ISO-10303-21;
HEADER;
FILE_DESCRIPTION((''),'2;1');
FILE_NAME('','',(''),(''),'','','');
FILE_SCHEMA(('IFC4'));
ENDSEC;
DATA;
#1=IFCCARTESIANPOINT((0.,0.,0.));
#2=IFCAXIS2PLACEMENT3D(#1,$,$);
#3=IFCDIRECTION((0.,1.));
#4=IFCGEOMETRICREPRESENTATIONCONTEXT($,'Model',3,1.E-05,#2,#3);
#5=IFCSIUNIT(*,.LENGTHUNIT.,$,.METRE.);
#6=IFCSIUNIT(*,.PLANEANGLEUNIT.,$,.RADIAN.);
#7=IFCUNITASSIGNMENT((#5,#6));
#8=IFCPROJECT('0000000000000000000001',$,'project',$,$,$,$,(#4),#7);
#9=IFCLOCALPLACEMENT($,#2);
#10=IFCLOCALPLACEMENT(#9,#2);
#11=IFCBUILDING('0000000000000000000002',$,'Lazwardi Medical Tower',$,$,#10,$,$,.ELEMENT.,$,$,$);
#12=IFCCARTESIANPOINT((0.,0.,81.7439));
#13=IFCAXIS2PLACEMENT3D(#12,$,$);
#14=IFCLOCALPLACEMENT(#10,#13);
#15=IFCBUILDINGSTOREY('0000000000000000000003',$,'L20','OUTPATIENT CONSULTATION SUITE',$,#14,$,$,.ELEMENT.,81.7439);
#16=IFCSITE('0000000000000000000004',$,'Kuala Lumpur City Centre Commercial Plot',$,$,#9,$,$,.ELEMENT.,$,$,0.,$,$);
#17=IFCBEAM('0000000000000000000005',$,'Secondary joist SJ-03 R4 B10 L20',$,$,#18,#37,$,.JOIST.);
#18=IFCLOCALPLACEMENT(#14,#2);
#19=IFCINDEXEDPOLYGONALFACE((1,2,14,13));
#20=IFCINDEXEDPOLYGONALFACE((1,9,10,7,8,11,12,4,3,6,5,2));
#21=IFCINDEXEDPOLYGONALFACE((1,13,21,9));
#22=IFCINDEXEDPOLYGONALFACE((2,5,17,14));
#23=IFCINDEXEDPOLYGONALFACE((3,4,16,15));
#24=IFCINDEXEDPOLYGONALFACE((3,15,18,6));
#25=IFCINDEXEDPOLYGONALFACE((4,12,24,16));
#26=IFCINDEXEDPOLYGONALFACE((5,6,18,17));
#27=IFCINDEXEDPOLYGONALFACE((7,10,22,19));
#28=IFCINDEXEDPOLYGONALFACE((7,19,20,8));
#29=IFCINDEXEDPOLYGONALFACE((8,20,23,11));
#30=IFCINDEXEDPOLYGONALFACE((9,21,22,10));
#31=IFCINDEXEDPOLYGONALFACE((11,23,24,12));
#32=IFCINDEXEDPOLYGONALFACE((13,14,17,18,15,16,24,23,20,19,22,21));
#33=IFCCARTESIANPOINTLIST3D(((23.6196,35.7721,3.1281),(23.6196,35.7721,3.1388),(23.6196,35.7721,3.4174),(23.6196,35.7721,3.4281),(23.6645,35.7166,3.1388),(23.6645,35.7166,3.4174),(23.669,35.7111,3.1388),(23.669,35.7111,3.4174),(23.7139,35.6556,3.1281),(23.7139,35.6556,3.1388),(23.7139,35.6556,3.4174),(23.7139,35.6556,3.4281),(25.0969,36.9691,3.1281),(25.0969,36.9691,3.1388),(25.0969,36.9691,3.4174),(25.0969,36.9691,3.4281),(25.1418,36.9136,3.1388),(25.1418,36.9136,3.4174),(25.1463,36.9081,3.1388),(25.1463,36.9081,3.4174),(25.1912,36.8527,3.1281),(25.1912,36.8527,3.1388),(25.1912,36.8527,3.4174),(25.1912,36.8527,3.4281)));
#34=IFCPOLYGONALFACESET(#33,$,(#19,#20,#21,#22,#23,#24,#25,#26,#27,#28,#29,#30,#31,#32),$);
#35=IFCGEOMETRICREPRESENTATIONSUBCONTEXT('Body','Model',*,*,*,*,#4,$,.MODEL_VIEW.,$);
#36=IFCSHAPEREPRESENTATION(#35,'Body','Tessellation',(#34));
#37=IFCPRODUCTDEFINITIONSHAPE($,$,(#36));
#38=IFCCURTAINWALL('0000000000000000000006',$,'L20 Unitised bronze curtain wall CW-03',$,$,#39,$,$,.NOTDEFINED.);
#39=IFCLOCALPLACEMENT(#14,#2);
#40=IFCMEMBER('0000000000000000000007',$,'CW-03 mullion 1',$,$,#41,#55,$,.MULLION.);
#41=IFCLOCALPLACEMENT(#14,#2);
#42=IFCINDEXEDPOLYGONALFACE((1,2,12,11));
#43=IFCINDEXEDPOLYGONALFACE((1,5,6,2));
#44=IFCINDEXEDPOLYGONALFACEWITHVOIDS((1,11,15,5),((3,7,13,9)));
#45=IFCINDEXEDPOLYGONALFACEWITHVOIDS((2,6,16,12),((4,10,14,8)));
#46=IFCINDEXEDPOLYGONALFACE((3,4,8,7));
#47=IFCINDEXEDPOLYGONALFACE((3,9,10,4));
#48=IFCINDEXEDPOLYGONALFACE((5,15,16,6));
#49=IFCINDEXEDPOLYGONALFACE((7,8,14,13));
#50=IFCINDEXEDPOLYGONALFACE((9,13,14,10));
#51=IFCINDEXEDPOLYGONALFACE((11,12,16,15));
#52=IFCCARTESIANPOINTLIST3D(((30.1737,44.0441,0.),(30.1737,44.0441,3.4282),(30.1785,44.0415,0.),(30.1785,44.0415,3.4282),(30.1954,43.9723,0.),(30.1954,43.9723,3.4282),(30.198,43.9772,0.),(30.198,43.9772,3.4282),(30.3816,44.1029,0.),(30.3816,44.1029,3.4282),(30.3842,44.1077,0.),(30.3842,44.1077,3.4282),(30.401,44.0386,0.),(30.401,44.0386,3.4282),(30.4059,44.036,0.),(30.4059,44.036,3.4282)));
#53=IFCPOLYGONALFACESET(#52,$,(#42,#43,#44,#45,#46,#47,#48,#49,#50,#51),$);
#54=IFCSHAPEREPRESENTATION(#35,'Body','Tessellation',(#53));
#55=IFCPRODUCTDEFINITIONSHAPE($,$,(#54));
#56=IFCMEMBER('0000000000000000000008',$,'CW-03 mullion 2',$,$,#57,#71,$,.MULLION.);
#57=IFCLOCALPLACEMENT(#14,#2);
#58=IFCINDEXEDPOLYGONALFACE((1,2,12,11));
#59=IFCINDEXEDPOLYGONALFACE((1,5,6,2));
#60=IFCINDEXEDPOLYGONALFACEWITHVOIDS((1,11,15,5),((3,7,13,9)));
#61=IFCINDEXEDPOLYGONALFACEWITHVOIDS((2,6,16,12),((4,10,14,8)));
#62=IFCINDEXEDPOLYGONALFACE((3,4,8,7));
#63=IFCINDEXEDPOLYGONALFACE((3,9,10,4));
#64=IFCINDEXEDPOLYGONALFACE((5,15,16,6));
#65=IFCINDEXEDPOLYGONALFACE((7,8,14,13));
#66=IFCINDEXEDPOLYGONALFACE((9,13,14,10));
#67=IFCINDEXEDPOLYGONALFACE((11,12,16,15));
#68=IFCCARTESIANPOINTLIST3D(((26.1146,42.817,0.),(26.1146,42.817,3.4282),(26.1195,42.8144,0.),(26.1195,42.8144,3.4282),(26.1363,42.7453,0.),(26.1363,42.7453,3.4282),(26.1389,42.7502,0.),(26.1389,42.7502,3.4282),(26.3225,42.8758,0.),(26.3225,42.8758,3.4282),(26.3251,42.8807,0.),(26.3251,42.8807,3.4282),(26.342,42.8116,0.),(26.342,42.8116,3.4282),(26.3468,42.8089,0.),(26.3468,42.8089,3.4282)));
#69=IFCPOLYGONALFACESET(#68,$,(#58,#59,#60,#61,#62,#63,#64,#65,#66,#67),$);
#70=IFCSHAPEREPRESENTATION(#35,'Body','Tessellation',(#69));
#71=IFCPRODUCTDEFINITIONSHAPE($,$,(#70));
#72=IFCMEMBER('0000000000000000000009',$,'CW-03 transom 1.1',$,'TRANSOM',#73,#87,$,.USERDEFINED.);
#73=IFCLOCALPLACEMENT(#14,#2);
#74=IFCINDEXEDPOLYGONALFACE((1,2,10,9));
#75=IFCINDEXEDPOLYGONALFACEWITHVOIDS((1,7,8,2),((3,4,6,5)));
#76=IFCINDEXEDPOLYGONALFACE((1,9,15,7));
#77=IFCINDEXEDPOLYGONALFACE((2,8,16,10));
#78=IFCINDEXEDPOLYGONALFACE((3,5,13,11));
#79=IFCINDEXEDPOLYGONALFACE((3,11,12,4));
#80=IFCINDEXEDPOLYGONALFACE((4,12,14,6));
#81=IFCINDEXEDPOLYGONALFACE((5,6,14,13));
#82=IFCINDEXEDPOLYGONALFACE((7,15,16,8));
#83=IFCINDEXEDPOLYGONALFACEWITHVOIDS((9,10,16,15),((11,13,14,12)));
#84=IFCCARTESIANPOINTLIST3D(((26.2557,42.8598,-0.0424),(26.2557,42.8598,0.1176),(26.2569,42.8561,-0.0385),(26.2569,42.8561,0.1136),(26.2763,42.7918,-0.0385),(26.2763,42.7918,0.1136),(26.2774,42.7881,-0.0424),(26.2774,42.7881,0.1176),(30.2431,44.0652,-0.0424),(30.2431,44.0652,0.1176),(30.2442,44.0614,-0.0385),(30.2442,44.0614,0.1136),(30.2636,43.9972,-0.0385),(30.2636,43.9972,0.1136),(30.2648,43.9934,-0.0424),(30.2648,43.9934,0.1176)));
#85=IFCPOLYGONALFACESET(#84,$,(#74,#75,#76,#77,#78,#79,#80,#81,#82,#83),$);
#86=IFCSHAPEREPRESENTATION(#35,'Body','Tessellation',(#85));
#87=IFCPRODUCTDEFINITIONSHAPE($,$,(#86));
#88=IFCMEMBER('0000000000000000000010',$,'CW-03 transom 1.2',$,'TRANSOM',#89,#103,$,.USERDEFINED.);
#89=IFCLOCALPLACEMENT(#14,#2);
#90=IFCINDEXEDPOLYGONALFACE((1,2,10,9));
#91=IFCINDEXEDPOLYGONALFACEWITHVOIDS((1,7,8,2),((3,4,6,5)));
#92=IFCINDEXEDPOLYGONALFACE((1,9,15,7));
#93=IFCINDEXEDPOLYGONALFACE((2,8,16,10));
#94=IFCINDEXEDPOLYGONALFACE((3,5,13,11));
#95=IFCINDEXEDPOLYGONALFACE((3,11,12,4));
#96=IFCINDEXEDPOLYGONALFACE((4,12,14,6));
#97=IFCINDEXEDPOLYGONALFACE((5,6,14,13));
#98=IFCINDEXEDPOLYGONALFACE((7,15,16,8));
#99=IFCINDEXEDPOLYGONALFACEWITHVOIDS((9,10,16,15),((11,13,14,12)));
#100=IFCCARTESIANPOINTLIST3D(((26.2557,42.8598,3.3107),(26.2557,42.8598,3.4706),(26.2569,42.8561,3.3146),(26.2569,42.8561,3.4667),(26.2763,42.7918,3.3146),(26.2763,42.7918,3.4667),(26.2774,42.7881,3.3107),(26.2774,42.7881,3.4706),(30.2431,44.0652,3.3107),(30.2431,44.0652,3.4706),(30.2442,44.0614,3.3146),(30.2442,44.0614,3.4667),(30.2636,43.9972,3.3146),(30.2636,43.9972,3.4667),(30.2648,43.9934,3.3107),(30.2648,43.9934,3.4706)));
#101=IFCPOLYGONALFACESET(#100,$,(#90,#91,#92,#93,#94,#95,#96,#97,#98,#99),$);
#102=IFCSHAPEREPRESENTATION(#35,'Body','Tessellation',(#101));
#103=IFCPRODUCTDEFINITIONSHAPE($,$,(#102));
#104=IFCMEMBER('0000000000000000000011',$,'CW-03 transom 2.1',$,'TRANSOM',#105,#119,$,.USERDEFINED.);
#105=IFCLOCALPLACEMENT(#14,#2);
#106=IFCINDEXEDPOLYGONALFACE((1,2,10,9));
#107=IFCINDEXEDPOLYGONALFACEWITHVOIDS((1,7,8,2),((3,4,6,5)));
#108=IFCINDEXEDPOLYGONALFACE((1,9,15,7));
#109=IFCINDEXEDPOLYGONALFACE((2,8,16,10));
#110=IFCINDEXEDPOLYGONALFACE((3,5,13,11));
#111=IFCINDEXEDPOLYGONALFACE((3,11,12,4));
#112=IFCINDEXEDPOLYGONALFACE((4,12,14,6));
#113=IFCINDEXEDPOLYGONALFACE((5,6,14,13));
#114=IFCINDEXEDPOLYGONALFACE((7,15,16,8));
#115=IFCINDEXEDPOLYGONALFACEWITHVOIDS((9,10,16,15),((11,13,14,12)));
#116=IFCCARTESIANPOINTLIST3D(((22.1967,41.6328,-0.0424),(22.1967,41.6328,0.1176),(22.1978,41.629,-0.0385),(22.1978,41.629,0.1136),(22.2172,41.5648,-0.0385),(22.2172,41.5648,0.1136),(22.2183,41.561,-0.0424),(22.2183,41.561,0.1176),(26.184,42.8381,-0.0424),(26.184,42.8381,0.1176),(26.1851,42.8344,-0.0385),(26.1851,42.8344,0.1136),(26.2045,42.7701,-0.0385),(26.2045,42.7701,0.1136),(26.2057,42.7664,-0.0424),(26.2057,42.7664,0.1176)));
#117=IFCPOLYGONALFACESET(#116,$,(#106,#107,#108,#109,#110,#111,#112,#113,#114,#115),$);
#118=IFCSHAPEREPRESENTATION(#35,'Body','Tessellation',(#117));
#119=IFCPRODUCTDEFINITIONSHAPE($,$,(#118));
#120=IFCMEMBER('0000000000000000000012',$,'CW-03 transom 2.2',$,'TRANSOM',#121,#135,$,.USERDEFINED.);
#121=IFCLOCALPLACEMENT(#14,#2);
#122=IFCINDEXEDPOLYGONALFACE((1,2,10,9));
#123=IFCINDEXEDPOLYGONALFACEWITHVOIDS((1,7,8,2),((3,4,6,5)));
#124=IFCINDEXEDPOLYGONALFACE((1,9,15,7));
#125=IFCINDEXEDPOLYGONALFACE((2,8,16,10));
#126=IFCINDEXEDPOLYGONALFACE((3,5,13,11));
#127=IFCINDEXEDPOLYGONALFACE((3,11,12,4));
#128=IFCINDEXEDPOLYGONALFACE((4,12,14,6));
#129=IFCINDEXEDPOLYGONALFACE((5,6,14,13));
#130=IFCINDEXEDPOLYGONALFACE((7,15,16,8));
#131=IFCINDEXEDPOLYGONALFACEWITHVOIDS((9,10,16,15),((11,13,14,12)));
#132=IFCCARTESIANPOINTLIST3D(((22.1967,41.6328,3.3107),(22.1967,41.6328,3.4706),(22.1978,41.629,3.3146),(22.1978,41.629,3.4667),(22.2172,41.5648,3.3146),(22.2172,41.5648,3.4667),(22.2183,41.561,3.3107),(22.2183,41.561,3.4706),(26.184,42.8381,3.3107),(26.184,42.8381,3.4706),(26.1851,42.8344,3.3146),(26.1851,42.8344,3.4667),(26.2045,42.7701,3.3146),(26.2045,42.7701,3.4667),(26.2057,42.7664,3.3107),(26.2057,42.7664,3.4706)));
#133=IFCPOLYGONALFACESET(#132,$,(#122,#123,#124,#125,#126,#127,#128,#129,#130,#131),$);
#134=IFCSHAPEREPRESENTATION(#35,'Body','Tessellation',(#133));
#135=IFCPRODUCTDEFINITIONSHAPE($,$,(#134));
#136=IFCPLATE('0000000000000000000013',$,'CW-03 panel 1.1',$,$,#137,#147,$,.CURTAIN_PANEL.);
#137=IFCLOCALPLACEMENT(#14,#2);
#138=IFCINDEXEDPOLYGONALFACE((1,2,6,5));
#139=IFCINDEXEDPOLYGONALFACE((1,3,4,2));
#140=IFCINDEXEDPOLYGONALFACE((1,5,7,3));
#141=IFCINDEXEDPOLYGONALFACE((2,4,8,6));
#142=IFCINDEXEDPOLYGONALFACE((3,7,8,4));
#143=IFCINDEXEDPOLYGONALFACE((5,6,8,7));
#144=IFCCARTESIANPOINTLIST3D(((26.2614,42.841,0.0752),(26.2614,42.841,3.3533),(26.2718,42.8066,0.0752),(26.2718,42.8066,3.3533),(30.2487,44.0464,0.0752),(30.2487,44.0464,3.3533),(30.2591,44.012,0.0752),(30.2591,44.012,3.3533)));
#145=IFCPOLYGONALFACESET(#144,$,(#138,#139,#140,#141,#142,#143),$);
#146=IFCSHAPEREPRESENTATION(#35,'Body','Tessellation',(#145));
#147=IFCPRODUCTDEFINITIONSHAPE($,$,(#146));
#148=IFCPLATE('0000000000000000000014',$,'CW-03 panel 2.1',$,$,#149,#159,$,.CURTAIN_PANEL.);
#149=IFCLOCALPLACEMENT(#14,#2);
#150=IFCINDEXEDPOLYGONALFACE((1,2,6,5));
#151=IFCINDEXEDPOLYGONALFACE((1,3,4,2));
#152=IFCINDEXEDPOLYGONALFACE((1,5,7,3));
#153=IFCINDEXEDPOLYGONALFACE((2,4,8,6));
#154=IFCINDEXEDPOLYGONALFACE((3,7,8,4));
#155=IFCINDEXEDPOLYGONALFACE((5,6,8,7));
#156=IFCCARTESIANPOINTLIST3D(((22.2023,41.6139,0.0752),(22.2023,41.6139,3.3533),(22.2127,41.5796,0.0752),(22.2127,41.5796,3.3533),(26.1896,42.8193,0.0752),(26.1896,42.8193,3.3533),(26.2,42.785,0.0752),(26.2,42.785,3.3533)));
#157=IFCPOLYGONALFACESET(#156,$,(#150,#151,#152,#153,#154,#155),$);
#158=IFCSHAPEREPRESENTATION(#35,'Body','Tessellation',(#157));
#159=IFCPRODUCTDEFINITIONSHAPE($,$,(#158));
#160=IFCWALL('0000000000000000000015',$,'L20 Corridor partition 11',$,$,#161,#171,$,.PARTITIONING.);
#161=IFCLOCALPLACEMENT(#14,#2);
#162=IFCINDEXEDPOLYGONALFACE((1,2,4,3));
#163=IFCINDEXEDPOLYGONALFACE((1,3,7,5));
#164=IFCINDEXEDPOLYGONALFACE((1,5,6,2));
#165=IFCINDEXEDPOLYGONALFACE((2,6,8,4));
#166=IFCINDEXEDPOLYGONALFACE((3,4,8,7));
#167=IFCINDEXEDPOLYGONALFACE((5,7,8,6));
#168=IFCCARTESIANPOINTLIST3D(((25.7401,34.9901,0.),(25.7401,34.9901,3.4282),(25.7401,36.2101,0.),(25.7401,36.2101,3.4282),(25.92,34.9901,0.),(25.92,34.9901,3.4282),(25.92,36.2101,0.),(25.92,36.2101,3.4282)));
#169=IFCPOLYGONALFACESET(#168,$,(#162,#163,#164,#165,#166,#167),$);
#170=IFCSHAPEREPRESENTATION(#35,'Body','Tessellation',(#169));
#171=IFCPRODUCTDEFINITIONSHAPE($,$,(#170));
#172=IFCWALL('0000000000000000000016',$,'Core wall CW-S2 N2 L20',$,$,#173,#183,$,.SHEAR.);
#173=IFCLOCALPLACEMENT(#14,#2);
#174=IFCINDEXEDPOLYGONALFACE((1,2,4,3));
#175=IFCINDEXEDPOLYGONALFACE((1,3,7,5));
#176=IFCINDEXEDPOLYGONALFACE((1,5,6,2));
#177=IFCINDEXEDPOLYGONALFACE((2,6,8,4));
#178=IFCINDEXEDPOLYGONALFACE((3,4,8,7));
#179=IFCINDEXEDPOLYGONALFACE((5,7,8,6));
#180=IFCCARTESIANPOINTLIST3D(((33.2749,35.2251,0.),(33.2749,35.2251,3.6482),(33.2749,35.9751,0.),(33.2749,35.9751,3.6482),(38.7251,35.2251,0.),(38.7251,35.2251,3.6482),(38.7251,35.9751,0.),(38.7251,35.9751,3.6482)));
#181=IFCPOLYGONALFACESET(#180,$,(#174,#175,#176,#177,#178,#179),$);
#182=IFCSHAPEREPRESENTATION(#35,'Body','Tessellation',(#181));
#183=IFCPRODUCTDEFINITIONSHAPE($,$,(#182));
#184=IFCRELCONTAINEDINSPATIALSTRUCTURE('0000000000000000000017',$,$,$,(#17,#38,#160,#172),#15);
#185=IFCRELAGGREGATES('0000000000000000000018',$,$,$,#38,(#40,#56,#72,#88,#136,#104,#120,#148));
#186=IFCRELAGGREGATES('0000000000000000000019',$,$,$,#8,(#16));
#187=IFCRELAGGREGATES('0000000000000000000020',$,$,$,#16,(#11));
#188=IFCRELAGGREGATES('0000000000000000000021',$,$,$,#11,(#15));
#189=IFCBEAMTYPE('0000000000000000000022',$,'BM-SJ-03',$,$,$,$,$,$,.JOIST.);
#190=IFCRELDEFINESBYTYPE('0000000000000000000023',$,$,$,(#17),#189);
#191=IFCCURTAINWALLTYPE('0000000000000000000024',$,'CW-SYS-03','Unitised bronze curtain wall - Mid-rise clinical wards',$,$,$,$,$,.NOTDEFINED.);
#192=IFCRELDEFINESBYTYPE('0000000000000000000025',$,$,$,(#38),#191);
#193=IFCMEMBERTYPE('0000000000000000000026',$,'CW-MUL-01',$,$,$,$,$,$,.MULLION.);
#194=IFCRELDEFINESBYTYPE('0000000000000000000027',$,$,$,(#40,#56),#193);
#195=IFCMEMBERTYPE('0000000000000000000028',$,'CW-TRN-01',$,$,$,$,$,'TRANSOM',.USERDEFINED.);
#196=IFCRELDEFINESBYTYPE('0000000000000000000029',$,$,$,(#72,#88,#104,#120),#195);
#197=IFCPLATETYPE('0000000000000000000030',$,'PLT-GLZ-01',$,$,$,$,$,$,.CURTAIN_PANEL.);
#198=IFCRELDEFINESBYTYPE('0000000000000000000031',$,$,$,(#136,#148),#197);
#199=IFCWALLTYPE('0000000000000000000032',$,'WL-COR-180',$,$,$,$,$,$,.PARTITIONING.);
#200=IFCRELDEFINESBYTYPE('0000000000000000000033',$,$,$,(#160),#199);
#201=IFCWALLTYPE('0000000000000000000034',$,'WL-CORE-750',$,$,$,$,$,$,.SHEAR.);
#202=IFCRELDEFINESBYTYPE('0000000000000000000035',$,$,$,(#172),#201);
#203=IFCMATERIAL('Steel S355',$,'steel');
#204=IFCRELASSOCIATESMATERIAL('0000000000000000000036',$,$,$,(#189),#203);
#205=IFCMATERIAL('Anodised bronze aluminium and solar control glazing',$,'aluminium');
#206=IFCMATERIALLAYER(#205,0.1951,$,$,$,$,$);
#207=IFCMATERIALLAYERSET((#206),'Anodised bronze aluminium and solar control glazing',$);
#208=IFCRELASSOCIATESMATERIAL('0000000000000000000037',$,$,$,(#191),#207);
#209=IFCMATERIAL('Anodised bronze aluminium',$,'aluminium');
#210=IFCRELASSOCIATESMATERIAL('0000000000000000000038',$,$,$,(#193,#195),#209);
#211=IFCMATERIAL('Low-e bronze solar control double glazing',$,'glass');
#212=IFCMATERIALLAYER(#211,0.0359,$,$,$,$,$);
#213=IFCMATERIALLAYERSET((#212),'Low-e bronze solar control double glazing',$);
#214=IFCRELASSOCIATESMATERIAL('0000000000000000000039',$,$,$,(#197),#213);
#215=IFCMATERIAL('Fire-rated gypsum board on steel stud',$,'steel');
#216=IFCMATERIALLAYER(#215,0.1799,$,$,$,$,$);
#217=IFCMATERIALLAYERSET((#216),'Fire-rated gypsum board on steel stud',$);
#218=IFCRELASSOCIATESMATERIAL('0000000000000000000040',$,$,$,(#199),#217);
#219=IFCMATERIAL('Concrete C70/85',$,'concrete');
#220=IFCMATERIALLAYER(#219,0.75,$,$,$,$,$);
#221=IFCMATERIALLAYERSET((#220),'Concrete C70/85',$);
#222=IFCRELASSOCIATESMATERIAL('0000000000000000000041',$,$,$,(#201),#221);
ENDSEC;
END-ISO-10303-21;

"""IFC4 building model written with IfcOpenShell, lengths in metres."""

from ifc_helpers import new_model, si_unit, direction, frame, frame_2d, origin, origin_2d, place, context, subcontext, project, spatial, rectangle, hollow_rectangle, i_section, extrude, material, layer, layer_set, material_profile, profile_set, type_object, element, aggregate, save


model = new_model("IFC4")

# Units and contexts
model_context = context("Model", 3, precision=1e-05, world=origin(), true_north=direction((0.0, 1.0)))
body_context = subcontext(model_context, "Body", "Model", "MODEL_VIEW")
ifc_project = project(units=[si_unit("LENGTHUNIT", "METRE"), si_unit("PLANEANGLEUNIT", "RADIAN")], contexts=[model_context])

# Site, building, storey
site_placement = place(None, origin())
site = spatial("IfcSite", under=ifc_project, at=site_placement, Name="Kuala Lumpur City Centre Commercial Plot", CompositionType="ELEMENT", RefElevation=0.0)
building_placement = place(site_placement, origin())
building = spatial("IfcBuilding", under=site, at=building_placement, Name="Lazwardi Medical Tower", CompositionType="ELEMENT")
storey_placement = place(building_placement, frame((0.0, 0.0, 81.7439)))
storey = spatial("IfcBuildingStorey", under=building, at=storey_placement, Name="L20", Description="OUTPATIENT CONSULTATION SUITE", CompositionType="ELEMENT", Elevation=81.7439)

# Shared definitions
ifc_material_1 = material(Name="Concrete C70/85", Category="concrete")

# Beam
ifc_material_2 = material(Name="Steel S355", Category="steel")
ifc_material_profile_1 = material_profile(ifc_material_2, i_section(OverallWidth=0.1499, OverallDepth=0.3, WebThickness=0.0071, FlangeThickness=0.0107, at=origin_2d()), Name="IPE 300")
ifc_profile_set_1 = profile_set([ifc_material_profile_1], Name="Steel S355")
beam_type_1 = type_object("IfcBeamType", Name="BM-SJ-03", PredefinedType="JOIST", material=ifc_profile_set_1)
beam_1_placement = place(storey_placement, frame((25.144, 36.9109, 3.2781), z_axis=(-0.776958, -0.629553, 0.0), x_axis=(0.629553, -0.776958, 0.0)))
element("IfcBeam", 1, at=beam_1_placement, inside=storey, type_object=beam_type_1, Name="Secondary joist SJ-03 R4 B10 L20", PredefinedType="JOIST", context=body_context, shape_type="SweptSolid", body=[
    extrude(i_section(OverallWidth=0.1499, OverallDepth=0.3, WebThickness=0.0071, FlangeThickness=0.0107, at=origin_2d()), origin(), (0.0, 0.0, 1.0), 1.9014),
])

# Curtain wall, members, plates
ifc_material_3 = material(Name="Anodised bronze aluminium and solar control glazing", Category="aluminium")
ifc_layer_1 = layer(ifc_material_3, 0.1951)
ifc_layer_set_1 = layer_set([ifc_layer_1], Name="Anodised bronze aluminium and solar control glazing")
curtain_wall_type = type_object("IfcCurtainWallType", Name="CW-SYS-03", Description="Unitised bronze curtain wall - Mid-rise clinical wards", PredefinedType="NOTDEFINED", material=ifc_layer_set_1)
curtain_wall_placement = place(storey_placement, origin())
curtain_wall = element("IfcCurtainWall", 2, at=curtain_wall_placement, inside=storey, type_object=curtain_wall_type, Name="L20 Unitised bronze curtain wall CW-03", PredefinedType="NOTDEFINED")
ifc_material_4 = material(Name="Anodised bronze aluminium", Category="aluminium")
ifc_material_profile_2 = material_profile(ifc_material_4, hollow_rectangle(XDim=0.075, YDim=0.22, WallThickness=0.0039, at=origin_2d()), Name="ALU-MULLION 220x75x4")
ifc_profile_set_2 = profile_set([ifc_material_profile_2], Name="Anodised bronze aluminium")
member_type_1 = type_object("IfcMemberType", Name="CW-MUL-01", PredefinedType="MULLION", material=ifc_profile_set_2)
member_1_placement = place(storey_placement, frame((30.2898, 44.04, 0.0), z_axis=(0.0, 0.0, 1.0), x_axis=(0.289374, -0.957216, 0.0)))
member_1 = element("IfcMember", 3, at=member_1_placement, type_object=member_type_1, Name="CW-03 mullion 1", PredefinedType="MULLION", context=body_context, shape_type="SweptSolid", body=[
    extrude(hollow_rectangle(XDim=0.075, YDim=0.22, WallThickness=0.0039, at=origin_2d()), origin(), (0.0, 0.0, 1.0), 3.4282),
])
member_2_placement = place(storey_placement, frame((26.2307, 42.813, 0.0), z_axis=(0.0, 0.0, 1.0), x_axis=(0.289374, -0.957216, 0.0)))
member_2 = element("IfcMember", 4, at=member_2_placement, type_object=member_type_1, Name="CW-03 mullion 2", PredefinedType="MULLION", context=body_context, shape_type="SweptSolid", body=[
    extrude(hollow_rectangle(XDim=0.075, YDim=0.22, WallThickness=0.0039, at=origin_2d()), origin(), (0.0, 0.0, 1.0), 3.4282),
])
ifc_material_profile_3 = material_profile(ifc_material_4, hollow_rectangle(XDim=0.075, YDim=0.1599, WallThickness=0.0039, at=origin_2d()), Name="ALU-TRANSOM 160x75x4")
ifc_profile_set_3 = profile_set([ifc_material_profile_3], Name="Anodised bronze aluminium")
member_type_2 = type_object("IfcMemberType", Name="CW-TRN-01", ElementType="TRANSOM", PredefinedType="USERDEFINED", material=ifc_profile_set_3)
member_3_placement = place(storey_placement, frame((30.2539, 44.0293, 0.0376), z_axis=(-0.957221, -0.289358, 0.0), x_axis=(0.289358, -0.957221, 0.0)))
member_3 = element("IfcMember", 5, at=member_3_placement, type_object=member_type_2, Name="CW-03 transom 1.1", ObjectType="TRANSOM", PredefinedType="USERDEFINED", context=body_context, shape_type="SweptSolid", body=[
    extrude(hollow_rectangle(XDim=0.075, YDim=0.1599, WallThickness=0.0039, at=origin_2d()), origin(), (0.0, 0.0, 1.0), 4.1655),
])
member_4_placement = place(storey_placement, frame((30.2539, 44.0293, 3.3906), z_axis=(-0.957221, -0.289358, 0.0), x_axis=(0.289358, -0.957221, 0.0)))
member_4 = element("IfcMember", 6, at=member_4_placement, type_object=member_type_2, Name="CW-03 transom 1.2", ObjectType="TRANSOM", PredefinedType="USERDEFINED", context=body_context, shape_type="SweptSolid", body=[
    extrude(hollow_rectangle(XDim=0.075, YDim=0.1599, WallThickness=0.0039, at=origin_2d()), origin(), (0.0, 0.0, 1.0), 4.1655),
])
member_5_placement = place(storey_placement, frame((26.1948, 42.8022, 0.0376), z_axis=(-0.957221, -0.289358, 0.0), x_axis=(0.289358, -0.957221, 0.0)))
member_5 = element("IfcMember", 7, at=member_5_placement, type_object=member_type_2, Name="CW-03 transom 2.1", ObjectType="TRANSOM", PredefinedType="USERDEFINED", context=body_context, shape_type="SweptSolid", body=[
    extrude(hollow_rectangle(XDim=0.075, YDim=0.1599, WallThickness=0.0039, at=origin_2d()), origin(), (0.0, 0.0, 1.0), 4.1655),
])
member_6_placement = place(storey_placement, frame((26.1948, 42.8022, 3.3906), z_axis=(-0.957221, -0.289358, 0.0), x_axis=(0.289358, -0.957221, 0.0)))
member_6 = element("IfcMember", 8, at=member_6_placement, type_object=member_type_2, Name="CW-03 transom 2.2", ObjectType="TRANSOM", PredefinedType="USERDEFINED", context=body_context, shape_type="SweptSolid", body=[
    extrude(hollow_rectangle(XDim=0.075, YDim=0.1599, WallThickness=0.0039, at=origin_2d()), origin(), (0.0, 0.0, 1.0), 4.1655),
])
ifc_material_5 = material(Name="Low-e bronze solar control double glazing", Category="glass")
ifc_layer_2 = layer(ifc_material_5, 0.0359)
ifc_layer_set_2 = layer_set([ifc_layer_2], Name="Low-e bronze solar control double glazing")
plate_type = type_object("IfcPlateType", Name="PLT-GLZ-01", PredefinedType="CURTAIN_PANEL", material=ifc_layer_set_2)
plate_1_placement = place(storey_placement, frame((28.2603, 43.4265, 0.0752), z_axis=(0.0, 0.0, 1.0), x_axis=(-0.957216, -0.289374, 0.0)))
plate_1 = element("IfcPlate", 9, at=plate_1_placement, type_object=plate_type, Name="CW-03 panel 1.1", PredefinedType="CURTAIN_PANEL", context=body_context, shape_type="SweptSolid", body=[
    extrude(rectangle(XDim=4.1655, YDim=0.0359, at=origin_2d()), origin(), (0.0, 0.0, 1.0), 3.2781),
])
plate_2_placement = place(storey_placement, frame((24.2012, 42.1995, 0.0752), z_axis=(0.0, 0.0, 1.0), x_axis=(-0.957216, -0.289374, 0.0)))
plate_2 = element("IfcPlate", 10, at=plate_2_placement, type_object=plate_type, Name="CW-03 panel 2.1", PredefinedType="CURTAIN_PANEL", context=body_context, shape_type="SweptSolid", body=[
    extrude(rectangle(XDim=4.1655, YDim=0.0359, at=origin_2d()), origin(), (0.0, 0.0, 1.0), 3.2781),
])
aggregate(curtain_wall, [member_1, member_2, member_3, member_4, plate_1, member_5, member_6, plate_2])

# Walls
ifc_material_6 = material(Name="Fire-rated gypsum board on steel stud", Category="steel")
ifc_layer_3 = layer(ifc_material_6, 0.1799)
ifc_layer_set_3 = layer_set([ifc_layer_3], Name="Fire-rated gypsum board on steel stud")
wall_type_1 = type_object("IfcWallType", Name="WL-COR-180", PredefinedType="PARTITIONING", material=ifc_layer_set_3)
wall_1_placement = place(storey_placement, frame((25.8301, 36.21, 0.0), z_axis=(0.0, 0.0, 1.0), x_axis=(0.0, -1.0, 0.0)))
element("IfcWall", 11, at=wall_1_placement, inside=storey, type_object=wall_type_1, Name="L20 Corridor partition 11", PredefinedType="PARTITIONING", context=body_context, shape_type="SweptSolid", body=[
    extrude(rectangle(XDim=1.22, YDim=0.1799, at=frame_2d((0.6099, 0.0))), origin(), (0.0, 0.0, 1.0), 3.4282),
])
ifc_layer_4 = layer(ifc_material_1, 0.75)
ifc_layer_set_4 = layer_set([ifc_layer_4], Name="Concrete C70/85")
wall_type_2 = type_object("IfcWallType", Name="WL-CORE-750", PredefinedType="SHEAR", material=ifc_layer_set_4)
wall_2_placement = place(storey_placement, frame((33.2749, 35.6001, 0.0), z_axis=(0.0, 0.0, 1.0), x_axis=(1.0, 0.0, 0.0)))
element("IfcWall", 12, at=wall_2_placement, inside=storey, type_object=wall_type_2, Name="Core wall CW-S2 N2 L20", PredefinedType="SHEAR", context=body_context, shape_type="SweptSolid", body=[
    extrude(rectangle(XDim=5.4502, YDim=0.75, at=frame_2d((2.7251, 0.0))), origin(), (0.0, 0.0, 1.0), 3.6482),
])

save(model, "model.ifc")
